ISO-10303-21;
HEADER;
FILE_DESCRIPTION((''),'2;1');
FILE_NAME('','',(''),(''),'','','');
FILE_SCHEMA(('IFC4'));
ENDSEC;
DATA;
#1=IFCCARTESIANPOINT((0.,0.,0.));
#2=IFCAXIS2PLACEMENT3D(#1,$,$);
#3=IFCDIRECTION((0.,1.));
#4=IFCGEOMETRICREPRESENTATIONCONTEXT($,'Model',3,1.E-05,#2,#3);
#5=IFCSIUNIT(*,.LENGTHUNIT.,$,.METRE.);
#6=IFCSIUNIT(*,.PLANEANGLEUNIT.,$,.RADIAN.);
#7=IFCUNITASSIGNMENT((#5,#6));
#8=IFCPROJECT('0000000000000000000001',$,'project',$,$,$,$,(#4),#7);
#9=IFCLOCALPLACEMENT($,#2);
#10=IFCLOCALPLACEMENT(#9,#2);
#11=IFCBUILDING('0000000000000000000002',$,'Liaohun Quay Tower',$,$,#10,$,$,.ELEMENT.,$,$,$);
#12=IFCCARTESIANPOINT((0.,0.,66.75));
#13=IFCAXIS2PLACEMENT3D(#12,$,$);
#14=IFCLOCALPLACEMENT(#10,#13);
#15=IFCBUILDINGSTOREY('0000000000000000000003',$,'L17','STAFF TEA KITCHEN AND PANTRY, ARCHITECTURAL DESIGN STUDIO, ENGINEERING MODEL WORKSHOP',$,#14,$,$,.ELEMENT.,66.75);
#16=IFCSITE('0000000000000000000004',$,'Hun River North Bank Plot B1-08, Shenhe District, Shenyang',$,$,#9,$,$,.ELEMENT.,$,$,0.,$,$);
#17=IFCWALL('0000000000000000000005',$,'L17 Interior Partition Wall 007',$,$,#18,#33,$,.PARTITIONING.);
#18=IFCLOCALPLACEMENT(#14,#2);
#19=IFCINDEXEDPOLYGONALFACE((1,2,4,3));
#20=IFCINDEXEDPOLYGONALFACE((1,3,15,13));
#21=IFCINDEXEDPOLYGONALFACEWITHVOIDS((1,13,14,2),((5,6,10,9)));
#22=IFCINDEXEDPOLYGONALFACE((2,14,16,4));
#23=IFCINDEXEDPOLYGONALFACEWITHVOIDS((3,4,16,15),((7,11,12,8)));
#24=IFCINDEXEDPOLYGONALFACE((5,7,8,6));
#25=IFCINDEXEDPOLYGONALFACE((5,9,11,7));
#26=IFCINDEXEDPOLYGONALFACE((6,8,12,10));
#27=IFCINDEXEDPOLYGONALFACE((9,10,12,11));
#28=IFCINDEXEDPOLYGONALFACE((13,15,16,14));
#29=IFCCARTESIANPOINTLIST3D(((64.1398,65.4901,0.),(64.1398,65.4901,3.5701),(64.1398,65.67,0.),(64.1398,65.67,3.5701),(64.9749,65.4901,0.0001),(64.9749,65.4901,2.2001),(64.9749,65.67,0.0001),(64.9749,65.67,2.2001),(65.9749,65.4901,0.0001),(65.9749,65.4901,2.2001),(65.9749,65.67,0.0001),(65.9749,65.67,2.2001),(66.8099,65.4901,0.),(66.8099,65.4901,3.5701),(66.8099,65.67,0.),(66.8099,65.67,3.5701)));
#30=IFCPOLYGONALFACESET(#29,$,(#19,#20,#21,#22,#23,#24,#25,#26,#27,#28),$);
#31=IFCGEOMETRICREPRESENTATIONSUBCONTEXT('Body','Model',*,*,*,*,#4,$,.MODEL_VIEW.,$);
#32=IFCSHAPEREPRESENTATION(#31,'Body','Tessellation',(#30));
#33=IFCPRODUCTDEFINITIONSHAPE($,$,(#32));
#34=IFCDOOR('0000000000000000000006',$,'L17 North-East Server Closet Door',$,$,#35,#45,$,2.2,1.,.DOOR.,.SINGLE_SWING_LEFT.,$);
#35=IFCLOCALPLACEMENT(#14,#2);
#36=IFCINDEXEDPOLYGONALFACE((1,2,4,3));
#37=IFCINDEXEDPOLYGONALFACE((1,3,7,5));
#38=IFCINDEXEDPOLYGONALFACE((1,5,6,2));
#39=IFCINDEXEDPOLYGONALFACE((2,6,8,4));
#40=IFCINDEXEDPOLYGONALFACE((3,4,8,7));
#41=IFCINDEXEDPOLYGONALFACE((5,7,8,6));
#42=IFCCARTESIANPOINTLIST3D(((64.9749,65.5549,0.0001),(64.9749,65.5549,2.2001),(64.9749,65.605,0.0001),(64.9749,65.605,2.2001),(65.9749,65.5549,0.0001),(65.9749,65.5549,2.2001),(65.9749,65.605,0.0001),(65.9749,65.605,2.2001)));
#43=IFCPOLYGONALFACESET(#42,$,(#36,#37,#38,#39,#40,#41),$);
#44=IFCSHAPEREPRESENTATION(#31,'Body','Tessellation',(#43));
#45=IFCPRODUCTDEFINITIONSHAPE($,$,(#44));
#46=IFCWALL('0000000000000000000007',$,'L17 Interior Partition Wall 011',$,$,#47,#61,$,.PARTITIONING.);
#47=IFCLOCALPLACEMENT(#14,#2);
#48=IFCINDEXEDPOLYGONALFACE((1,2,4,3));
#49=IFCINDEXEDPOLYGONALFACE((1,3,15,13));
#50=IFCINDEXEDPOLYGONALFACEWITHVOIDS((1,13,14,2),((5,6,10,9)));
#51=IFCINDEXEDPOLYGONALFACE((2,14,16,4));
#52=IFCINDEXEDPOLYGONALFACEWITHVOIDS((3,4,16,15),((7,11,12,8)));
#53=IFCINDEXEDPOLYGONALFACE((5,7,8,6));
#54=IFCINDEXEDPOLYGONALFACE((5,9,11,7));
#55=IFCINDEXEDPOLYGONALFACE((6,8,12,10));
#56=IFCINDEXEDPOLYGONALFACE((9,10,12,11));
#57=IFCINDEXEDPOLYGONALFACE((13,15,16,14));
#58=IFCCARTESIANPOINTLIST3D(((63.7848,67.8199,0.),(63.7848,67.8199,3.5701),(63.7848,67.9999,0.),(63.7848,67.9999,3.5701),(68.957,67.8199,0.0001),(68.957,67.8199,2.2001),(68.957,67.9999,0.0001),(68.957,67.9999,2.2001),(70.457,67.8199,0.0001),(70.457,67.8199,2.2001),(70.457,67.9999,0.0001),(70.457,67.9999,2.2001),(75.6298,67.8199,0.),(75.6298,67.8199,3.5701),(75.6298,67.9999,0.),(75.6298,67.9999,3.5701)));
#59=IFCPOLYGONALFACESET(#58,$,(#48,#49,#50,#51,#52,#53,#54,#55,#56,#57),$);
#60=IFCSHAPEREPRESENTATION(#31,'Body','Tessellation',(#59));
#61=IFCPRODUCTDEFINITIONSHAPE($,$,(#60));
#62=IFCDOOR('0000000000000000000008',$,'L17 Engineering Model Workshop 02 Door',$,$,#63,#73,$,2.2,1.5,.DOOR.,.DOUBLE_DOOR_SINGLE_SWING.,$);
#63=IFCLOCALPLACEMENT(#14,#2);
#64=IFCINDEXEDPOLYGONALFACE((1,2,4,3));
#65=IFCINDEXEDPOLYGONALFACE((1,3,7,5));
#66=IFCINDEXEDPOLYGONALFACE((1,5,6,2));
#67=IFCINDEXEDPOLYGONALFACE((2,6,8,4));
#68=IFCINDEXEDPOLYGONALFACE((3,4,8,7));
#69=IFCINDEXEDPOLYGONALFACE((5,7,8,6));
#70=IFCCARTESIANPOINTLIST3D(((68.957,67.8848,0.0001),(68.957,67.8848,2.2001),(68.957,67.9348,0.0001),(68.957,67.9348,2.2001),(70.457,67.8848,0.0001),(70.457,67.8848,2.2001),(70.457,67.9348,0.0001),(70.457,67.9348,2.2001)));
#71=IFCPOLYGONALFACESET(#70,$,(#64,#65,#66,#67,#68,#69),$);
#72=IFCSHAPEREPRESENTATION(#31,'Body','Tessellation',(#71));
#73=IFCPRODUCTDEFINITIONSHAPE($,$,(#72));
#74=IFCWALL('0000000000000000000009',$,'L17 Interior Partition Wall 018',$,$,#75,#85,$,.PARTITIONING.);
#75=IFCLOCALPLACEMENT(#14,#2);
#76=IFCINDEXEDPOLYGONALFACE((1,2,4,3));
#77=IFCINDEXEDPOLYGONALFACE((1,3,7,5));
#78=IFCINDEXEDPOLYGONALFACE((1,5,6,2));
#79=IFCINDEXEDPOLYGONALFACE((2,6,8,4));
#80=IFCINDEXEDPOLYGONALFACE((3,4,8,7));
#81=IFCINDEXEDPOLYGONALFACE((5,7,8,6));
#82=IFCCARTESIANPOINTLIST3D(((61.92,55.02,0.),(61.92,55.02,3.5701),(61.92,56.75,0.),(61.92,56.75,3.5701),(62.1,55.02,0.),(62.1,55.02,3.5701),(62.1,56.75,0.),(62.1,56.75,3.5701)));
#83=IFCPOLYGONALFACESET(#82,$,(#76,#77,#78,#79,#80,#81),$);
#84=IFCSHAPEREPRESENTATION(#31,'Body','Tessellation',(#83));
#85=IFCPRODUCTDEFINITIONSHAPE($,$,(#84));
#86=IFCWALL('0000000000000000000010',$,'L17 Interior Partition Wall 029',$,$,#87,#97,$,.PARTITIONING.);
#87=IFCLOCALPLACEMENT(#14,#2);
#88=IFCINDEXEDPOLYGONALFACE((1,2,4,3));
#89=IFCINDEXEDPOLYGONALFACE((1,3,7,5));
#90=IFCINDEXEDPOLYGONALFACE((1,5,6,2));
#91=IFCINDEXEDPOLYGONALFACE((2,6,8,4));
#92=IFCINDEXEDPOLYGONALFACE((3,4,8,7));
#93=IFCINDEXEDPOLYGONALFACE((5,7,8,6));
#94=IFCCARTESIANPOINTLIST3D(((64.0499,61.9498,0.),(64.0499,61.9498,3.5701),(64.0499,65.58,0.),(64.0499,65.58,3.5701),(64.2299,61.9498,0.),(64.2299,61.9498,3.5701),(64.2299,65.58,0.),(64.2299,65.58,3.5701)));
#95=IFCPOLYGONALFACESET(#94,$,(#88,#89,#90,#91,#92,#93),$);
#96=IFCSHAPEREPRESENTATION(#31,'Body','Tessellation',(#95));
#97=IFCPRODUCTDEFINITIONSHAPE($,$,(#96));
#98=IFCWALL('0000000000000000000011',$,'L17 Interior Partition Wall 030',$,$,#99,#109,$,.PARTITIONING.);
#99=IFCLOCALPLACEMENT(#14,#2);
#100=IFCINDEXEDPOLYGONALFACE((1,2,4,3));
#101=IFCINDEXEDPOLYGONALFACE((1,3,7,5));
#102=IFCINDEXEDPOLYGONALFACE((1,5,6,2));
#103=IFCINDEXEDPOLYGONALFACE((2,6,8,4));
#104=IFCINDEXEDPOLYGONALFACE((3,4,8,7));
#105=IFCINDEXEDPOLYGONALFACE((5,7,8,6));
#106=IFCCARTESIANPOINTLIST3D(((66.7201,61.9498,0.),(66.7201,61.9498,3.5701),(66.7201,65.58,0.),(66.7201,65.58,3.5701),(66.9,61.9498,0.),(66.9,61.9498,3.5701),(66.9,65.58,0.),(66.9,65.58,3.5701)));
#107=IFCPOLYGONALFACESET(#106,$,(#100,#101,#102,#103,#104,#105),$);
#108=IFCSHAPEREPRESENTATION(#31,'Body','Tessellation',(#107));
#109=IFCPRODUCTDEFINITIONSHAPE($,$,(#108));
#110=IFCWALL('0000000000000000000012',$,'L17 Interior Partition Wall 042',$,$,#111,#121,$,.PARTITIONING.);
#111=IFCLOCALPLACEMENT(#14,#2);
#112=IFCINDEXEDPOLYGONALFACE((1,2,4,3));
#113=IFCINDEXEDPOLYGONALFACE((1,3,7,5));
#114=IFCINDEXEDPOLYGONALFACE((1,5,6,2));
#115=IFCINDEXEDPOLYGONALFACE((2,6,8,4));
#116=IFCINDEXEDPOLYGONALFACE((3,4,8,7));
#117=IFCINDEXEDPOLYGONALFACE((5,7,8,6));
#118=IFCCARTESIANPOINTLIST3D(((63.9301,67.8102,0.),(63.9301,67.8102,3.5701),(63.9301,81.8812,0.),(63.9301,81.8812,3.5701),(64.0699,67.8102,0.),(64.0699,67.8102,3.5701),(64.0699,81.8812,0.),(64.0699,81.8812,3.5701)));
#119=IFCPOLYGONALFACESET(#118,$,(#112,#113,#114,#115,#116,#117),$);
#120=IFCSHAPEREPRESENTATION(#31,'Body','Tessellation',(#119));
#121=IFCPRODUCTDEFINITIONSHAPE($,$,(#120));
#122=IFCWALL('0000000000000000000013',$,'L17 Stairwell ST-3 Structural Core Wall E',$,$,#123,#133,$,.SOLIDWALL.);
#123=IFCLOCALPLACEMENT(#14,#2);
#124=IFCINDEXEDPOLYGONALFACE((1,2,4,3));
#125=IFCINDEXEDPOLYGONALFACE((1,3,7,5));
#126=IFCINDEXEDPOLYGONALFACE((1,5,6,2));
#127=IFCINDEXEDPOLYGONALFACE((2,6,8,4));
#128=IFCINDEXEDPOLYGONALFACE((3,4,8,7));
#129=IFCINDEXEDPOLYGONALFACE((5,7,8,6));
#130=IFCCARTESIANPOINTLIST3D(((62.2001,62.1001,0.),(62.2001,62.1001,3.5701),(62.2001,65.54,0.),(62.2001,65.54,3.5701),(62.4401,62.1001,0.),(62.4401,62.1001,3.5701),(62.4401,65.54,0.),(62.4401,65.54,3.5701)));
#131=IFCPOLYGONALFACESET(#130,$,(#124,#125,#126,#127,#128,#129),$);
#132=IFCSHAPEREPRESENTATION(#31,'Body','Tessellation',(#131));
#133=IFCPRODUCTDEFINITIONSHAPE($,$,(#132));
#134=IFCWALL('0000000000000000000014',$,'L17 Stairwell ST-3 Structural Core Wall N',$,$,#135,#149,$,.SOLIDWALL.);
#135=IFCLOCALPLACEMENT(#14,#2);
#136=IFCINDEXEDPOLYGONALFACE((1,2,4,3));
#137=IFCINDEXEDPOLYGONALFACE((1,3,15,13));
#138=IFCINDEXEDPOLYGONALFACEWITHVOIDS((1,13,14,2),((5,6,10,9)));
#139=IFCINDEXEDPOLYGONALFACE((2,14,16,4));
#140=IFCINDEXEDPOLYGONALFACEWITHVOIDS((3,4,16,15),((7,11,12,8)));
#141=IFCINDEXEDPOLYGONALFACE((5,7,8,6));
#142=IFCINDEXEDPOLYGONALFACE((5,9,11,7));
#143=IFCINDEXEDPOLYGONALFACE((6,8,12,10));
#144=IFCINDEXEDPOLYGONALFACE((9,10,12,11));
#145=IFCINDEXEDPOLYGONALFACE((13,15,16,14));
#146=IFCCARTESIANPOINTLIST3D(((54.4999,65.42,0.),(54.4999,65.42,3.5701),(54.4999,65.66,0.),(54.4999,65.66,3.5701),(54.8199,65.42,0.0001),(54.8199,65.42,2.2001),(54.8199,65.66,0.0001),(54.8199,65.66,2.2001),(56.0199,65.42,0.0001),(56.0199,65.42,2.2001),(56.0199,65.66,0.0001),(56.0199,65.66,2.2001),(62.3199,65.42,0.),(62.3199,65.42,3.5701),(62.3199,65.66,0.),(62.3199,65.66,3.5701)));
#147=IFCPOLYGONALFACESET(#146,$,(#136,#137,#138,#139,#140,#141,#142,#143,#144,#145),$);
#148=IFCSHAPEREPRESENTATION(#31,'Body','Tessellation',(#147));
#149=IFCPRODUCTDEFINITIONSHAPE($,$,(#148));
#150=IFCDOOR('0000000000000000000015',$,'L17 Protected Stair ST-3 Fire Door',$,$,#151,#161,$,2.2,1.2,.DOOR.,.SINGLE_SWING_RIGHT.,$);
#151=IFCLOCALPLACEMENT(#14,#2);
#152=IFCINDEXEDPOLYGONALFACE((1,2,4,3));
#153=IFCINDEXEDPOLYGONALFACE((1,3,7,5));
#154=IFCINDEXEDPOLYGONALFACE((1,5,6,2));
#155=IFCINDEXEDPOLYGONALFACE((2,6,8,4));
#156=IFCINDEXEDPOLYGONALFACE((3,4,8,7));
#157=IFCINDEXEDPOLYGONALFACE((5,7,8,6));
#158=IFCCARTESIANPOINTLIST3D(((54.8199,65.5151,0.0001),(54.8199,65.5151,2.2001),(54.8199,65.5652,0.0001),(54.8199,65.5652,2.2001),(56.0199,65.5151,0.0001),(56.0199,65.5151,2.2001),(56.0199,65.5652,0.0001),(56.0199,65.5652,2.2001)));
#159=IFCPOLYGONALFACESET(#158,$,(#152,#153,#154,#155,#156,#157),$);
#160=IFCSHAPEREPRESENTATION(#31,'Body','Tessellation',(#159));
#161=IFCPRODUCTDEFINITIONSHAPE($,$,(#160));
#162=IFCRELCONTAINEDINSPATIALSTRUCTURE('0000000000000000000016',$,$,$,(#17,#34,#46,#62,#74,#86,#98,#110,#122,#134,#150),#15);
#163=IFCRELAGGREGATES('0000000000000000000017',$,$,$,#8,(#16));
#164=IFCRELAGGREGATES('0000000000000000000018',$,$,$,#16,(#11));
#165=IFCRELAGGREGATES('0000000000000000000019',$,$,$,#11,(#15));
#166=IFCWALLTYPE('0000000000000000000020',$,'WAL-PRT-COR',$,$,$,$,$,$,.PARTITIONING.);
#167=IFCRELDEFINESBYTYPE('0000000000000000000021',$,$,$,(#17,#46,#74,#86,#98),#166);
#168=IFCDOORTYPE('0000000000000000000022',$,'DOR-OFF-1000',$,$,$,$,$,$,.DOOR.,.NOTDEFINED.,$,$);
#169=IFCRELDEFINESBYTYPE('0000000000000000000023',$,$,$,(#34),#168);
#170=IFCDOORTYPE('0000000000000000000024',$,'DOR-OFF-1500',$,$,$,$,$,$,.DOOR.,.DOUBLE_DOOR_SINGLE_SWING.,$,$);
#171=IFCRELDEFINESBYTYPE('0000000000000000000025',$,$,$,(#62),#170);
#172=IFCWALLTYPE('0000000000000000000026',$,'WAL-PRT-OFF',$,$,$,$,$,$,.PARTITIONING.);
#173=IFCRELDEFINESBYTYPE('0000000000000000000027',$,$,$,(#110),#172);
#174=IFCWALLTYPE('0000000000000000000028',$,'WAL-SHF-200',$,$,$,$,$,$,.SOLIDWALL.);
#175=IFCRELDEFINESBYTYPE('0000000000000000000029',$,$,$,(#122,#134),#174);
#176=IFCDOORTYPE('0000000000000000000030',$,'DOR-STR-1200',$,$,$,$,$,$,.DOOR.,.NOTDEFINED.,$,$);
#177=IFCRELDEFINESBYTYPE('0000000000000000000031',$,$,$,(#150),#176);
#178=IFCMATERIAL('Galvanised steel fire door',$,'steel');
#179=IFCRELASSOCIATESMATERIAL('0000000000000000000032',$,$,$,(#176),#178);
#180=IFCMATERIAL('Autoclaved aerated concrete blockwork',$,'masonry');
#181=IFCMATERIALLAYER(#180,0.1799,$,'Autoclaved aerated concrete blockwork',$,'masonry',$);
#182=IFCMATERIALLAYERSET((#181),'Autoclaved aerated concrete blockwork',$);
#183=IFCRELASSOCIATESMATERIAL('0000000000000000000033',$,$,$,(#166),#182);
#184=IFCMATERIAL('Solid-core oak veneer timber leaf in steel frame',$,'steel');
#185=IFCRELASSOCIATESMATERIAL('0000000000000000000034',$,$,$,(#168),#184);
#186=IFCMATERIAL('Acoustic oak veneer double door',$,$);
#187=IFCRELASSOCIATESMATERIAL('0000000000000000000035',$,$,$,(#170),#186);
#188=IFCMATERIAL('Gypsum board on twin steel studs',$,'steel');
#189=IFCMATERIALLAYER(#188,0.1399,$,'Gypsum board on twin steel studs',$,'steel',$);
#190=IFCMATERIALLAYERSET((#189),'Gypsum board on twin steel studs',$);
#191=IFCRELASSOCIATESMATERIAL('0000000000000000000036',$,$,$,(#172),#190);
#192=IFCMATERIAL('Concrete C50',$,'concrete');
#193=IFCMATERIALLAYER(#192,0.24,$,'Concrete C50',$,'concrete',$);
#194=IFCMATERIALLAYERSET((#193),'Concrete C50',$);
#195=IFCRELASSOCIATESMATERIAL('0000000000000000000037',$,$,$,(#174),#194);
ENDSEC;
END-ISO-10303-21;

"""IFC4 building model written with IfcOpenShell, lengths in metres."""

from ifc_helpers import new_model, si_unit, direction, frame, frame_2d, origin, place, context, subcontext, project, spatial, rectangle, extrude, source, transform, mapped, material, layer, layer_set, type_object, element, fill, save


model = new_model("IFC4")

# Units and contexts
model_context = context("Model", 3, precision=1e-05, world=origin(), true_north=direction((0.0, 1.0)))
body_context = subcontext(model_context, "Body", "Model", "MODEL_VIEW")
ifc_project = project(units=[si_unit("LENGTHUNIT", "METRE"), si_unit("PLANEANGLEUNIT", "RADIAN")], contexts=[model_context])

# Site, building, storey
site_placement = place(None, origin())
site = spatial("IfcSite", under=ifc_project, at=site_placement, Name="Hun River North Bank Plot B1-08, Shenhe District, Shenyang", CompositionType="ELEMENT", RefElevation=0.0)
building_placement = place(site_placement, origin())
building = spatial("IfcBuilding", under=site, at=building_placement, Name="Liaohun Quay Tower", CompositionType="ELEMENT")
storey_placement = place(building_placement, frame((0.0, 0.0, 66.75)))
storey = spatial("IfcBuildingStorey", under=building, at=storey_placement, Name="L17", Description="STAFF TEA KITCHEN AND PANTRY, ARCHITECTURAL DESIGN STUDIO, ENGINEERING MODEL WORKSHOP", CompositionType="ELEMENT", Elevation=66.75)

# Walls, openings, doors
ifc_material_1 = material(Name="Galvanised steel fire door", Category="steel")
door_type_1 = type_object("IfcDoorType", Name="DOR-STR-1200", OperationType="NOTDEFINED", PredefinedType="DOOR", material=ifc_material_1)
shared_shape_1 = source(origin(), body_context, "Body", "SweptSolid", [
    extrude(rectangle(XDim=1.2, YDim=2.2, at=frame_2d((0.6001, 1.1001))), frame((0.0, 0.0249, 0.0), z_axis=(0.0, -1.0, 0.0), x_axis=(1.0, 0.0, 0.0)), (0.0, 0.0, 1.0), 0.05),
])
ifc_material_2 = material(Name="Autoclaved aerated concrete blockwork", Category="masonry")
ifc_layer_1 = layer(ifc_material_2, 0.1799, Name="Autoclaved aerated concrete blockwork", Category="masonry")
ifc_layer_set_1 = layer_set([ifc_layer_1], Name="Autoclaved aerated concrete blockwork")
wall_type_1 = type_object("IfcWallType", Name="WAL-PRT-COR", PredefinedType="PARTITIONING", material=ifc_layer_set_1)
wall_1_placement = place(storey_placement, frame((64.1399, 65.5801, 0.0), z_axis=(0.0, 0.0, 1.0), x_axis=(1.0, 0.0, 0.0)))
wall_1 = element("IfcWall", 1, at=wall_1_placement, inside=storey, type_object=wall_type_1, Name="L17 Interior Partition Wall 007", PredefinedType="PARTITIONING", context=body_context, shape_type="SweptSolid", body=[
    extrude(rectangle(XDim=2.6702, YDim=0.1799, at=frame_2d((1.335, 0.0))), origin(), (0.0, 0.0, 1.0), 3.5701),
])
shared_shape_2 = source(origin(), body_context, "Body", "SweptSolid", [
    extrude(rectangle(XDim=1.0, YDim=2.2, at=frame_2d((0.5, 1.1001))), frame((0.0, 0.0999, 0.0), z_axis=(0.0, -1.0, 0.0), x_axis=(1.0, 0.0, 0.0)), (0.0, 0.0, 1.0), 0.2),
])
opening_1_placement = place(wall_1_placement, frame((0.835, 0.0, 0.0)))
opening_1 = element("IfcOpeningElement", 2, at=opening_1_placement, cuts=wall_1, PredefinedType="OPENING", context=body_context, shape_type="MappedRepresentation", body=[
    mapped(shared_shape_2, transform((0.0, 0.0, 0.0), x_axis=(1.0, 0.0, 0.0), y_axis=(0.0, 1.0, 0.0), z_axis=(0.0, 0.0, 1.0), scale=1.0)),
])
ifc_material_3 = material(Name="Solid-core oak veneer timber leaf in steel frame", Category="steel")
door_type_2 = type_object("IfcDoorType", Name="DOR-OFF-1000", OperationType="NOTDEFINED", PredefinedType="DOOR", material=ifc_material_3)
shared_shape_3 = source(origin(), body_context, "Body", "SweptSolid", [
    extrude(rectangle(XDim=1.0, YDim=2.2, at=frame_2d((0.5, 1.1001))), frame((0.0, 0.0249, 0.0), z_axis=(0.0, -1.0, 0.0), x_axis=(1.0, 0.0, 0.0)), (0.0, 0.0, 1.0), 0.05),
])
door_1_placement = place(opening_1_placement, origin())
door_1 = element("IfcDoor", 3, at=door_1_placement, inside=storey, type_object=door_type_2, Name="L17 North-East Server Closet Door", OperationType="SINGLE_SWING_LEFT", OverallHeight=2.2, OverallWidth=1.0, PredefinedType="DOOR", context=body_context, shape_type="MappedRepresentation", body=[
    mapped(shared_shape_3, transform((0.0, 0.0, 0.0), x_axis=(1.0, 0.0, 0.0), y_axis=(0.0, 1.0, 0.0), z_axis=(0.0, 0.0, 1.0), scale=1.0)),
])
fill(opening_1, door_1)
wall_2_placement = place(storey_placement, frame((63.7849, 67.9099, 0.0), z_axis=(0.0, 0.0, 1.0), x_axis=(1.0, 0.0, 0.0)))
wall_2 = element("IfcWall", 4, at=wall_2_placement, inside=storey, type_object=wall_type_1, Name="L17 Interior Partition Wall 011", PredefinedType="PARTITIONING", context=body_context, shape_type="SweptSolid", body=[
    extrude(rectangle(XDim=11.845, YDim=0.1799, at=frame_2d((5.9224, 0.0))), origin(), (0.0, 0.0, 1.0), 3.5701),
])
shared_shape_4 = source(origin(), body_context, "Body", "SweptSolid", [
    extrude(rectangle(XDim=1.5, YDim=2.2, at=frame_2d((0.75, 1.1001))), frame((0.0, 0.0999, 0.0), z_axis=(0.0, -1.0, 0.0), x_axis=(1.0, 0.0, 0.0)), (0.0, 0.0, 1.0), 0.2),
])
opening_2_placement = place(wall_2_placement, frame((5.1721, 0.0, 0.0)))
opening_2 = element("IfcOpeningElement", 5, at=opening_2_placement, cuts=wall_2, PredefinedType="OPENING", context=body_context, shape_type="MappedRepresentation", body=[
    mapped(shared_shape_4, transform((0.0, 0.0, 0.0), x_axis=(1.0, 0.0, 0.0), y_axis=(0.0, 1.0, 0.0), z_axis=(0.0, 0.0, 1.0), scale=1.0)),
])
ifc_material_4 = material(Name="Acoustic oak veneer double door")
door_type_3 = type_object("IfcDoorType", Name="DOR-OFF-1500", OperationType="DOUBLE_DOOR_SINGLE_SWING", PredefinedType="DOOR", material=ifc_material_4)
shared_shape_5 = source(origin(), body_context, "Body", "SweptSolid", [
    extrude(rectangle(XDim=1.5, YDim=2.2, at=frame_2d((0.75, 1.1001))), frame((0.0, 0.0249, 0.0), z_axis=(0.0, -1.0, 0.0), x_axis=(1.0, 0.0, 0.0)), (0.0, 0.0, 1.0), 0.05),
])
door_2_placement = place(opening_2_placement, origin())
door_2 = element("IfcDoor", 6, at=door_2_placement, inside=storey, type_object=door_type_3, Name="L17 Engineering Model Workshop 02 Door", OperationType="DOUBLE_DOOR_SINGLE_SWING", OverallHeight=2.2, OverallWidth=1.5, PredefinedType="DOOR", context=body_context, shape_type="MappedRepresentation", body=[
    mapped(shared_shape_5, transform((0.0, 0.0, 0.0), x_axis=(1.0, 0.0, 0.0), y_axis=(0.0, 1.0, 0.0), z_axis=(0.0, 0.0, 1.0), scale=1.0)),
])
fill(opening_2, door_2)

# Walls
wall_3_placement = place(storey_placement, frame((62.01, 55.02, 0.0), z_axis=(0.0, 0.0, 1.0), x_axis=(0.0, 1.0, 0.0)))
element("IfcWall", 7, at=wall_3_placement, inside=storey, type_object=wall_type_1, Name="L17 Interior Partition Wall 018", PredefinedType="PARTITIONING", context=body_context, shape_type="SweptSolid", body=[
    extrude(rectangle(XDim=1.73, YDim=0.1799, at=frame_2d((0.865, 0.0))), origin(), (0.0, 0.0, 1.0), 3.5701),
])
for number, where, z_axis, x_axis, name in (
    (8, (64.1399, 61.95, 0.0), (0.0, 0.0, 1.0), (0.0, 1.0, 0.0), "L17 Interior Partition Wall 029"),
    (9, (66.8101, 61.95, 0.0), (0.0, 0.0, 1.0), (0.0, 1.0, 0.0), "L17 Interior Partition Wall 030"),
):
    element("IfcWall", number, at=place(storey_placement, frame(where, z_axis=z_axis, x_axis=x_axis)), inside=storey, type_object=wall_type_1, Name=name, PredefinedType="PARTITIONING", context=body_context, shape_type="SweptSolid", body=[
        extrude(rectangle(XDim=3.6301, YDim=0.1799, at=frame_2d((1.8149, 0.0))), origin(), (0.0, 0.0, 1.0), 3.5701),
    ])
ifc_material_5 = material(Name="Gypsum board on twin steel studs", Category="steel")
ifc_layer_2 = layer(ifc_material_5, 0.1399, Name="Gypsum board on twin steel studs", Category="steel")
ifc_layer_set_2 = layer_set([ifc_layer_2], Name="Gypsum board on twin steel studs")
wall_type_2 = type_object("IfcWallType", Name="WAL-PRT-OFF", PredefinedType="PARTITIONING", material=ifc_layer_set_2)
wall_4_placement = place(storey_placement, frame((64.0, 67.8101, 0.0), z_axis=(0.0, 0.0, 1.0), x_axis=(0.0, 1.0, 0.0)))
element("IfcWall", 10, at=wall_4_placement, inside=storey, type_object=wall_type_2, Name="L17 Interior Partition Wall 042", PredefinedType="PARTITIONING", context=body_context, shape_type="SweptSolid", body=[
    extrude(rectangle(XDim=14.071, YDim=0.1399, at=frame_2d((7.0356, 0.0))), origin(), (0.0, 0.0, 1.0), 3.5701),
])
ifc_material_6 = material(Name="Concrete C50", Category="concrete")
ifc_layer_3 = layer(ifc_material_6, 0.24, Name="Concrete C50", Category="concrete")
ifc_layer_set_3 = layer_set([ifc_layer_3], Name="Concrete C50")
wall_type_3 = type_object("IfcWallType", Name="WAL-SHF-200", PredefinedType="SOLIDWALL", material=ifc_layer_set_3)
wall_5_placement = place(storey_placement, frame((62.3201, 62.1001, 0.0), z_axis=(0.0, 0.0, 1.0), x_axis=(0.0, 1.0, 0.0)))
element("IfcWall", 11, at=wall_5_placement, inside=storey, type_object=wall_type_3, Name="L17 Stairwell ST-3 Structural Core Wall E", PredefinedType="SOLIDWALL", context=body_context, shape_type="SweptSolid", body=[
    extrude(rectangle(XDim=3.4399, YDim=0.24, at=frame_2d((1.72, 0.0))), origin(), (0.0, 0.0, 1.0), 3.5701),
])

# Wall, opening, door
wall_6_placement = place(storey_placement, frame((62.3201, 65.54, 0.0), z_axis=(0.0, 0.0, 1.0), x_axis=(-1.0, 0.0, 0.0)))
wall_6 = element("IfcWall", 12, at=wall_6_placement, inside=storey, type_object=wall_type_3, Name="L17 Stairwell ST-3 Structural Core Wall N", PredefinedType="SOLIDWALL", context=body_context, shape_type="SweptSolid", body=[
    extrude(rectangle(XDim=7.8201, YDim=0.24, at=frame_2d((3.9102, 0.0))), origin(), (0.0, 0.0, 1.0), 3.5701),
])
shared_shape_6 = source(origin(), body_context, "Body", "SweptSolid", [
    extrude(rectangle(XDim=1.2, YDim=2.2, at=frame_2d((0.6001, 1.1001))), frame((0.0, 0.1299, 0.0), z_axis=(0.0, -1.0, 0.0), x_axis=(1.0, 0.0, 0.0)), (0.0, 0.0, 1.0), 0.26),
])
opening_3_placement = place(wall_6_placement, frame((6.3, 0.0, 0.0)))
opening_3 = element("IfcOpeningElement", 13, at=opening_3_placement, cuts=wall_6, PredefinedType="OPENING", context=body_context, shape_type="MappedRepresentation", body=[
    mapped(shared_shape_6, transform((0.0, 0.0, 0.0), x_axis=(1.0, 0.0, 0.0), y_axis=(0.0, 1.0, 0.0), z_axis=(0.0, 0.0, 1.0), scale=1.0)),
])
door_3_placement = place(opening_3_placement, origin())
door_3 = element("IfcDoor", 14, at=door_3_placement, inside=storey, type_object=door_type_1, Name="L17 Protected Stair ST-3 Fire Door", OperationType="SINGLE_SWING_RIGHT", OverallHeight=2.2, OverallWidth=1.2, PredefinedType="DOOR", context=body_context, shape_type="MappedRepresentation", body=[
    mapped(shared_shape_1, transform((0.0, 0.0, 0.0), x_axis=(1.0, 0.0, 0.0), y_axis=(0.0, 1.0, 0.0), z_axis=(0.0, 0.0, 1.0), scale=1.0)),
])
fill(opening_3, door_3)

save(model, "model.ifc")
